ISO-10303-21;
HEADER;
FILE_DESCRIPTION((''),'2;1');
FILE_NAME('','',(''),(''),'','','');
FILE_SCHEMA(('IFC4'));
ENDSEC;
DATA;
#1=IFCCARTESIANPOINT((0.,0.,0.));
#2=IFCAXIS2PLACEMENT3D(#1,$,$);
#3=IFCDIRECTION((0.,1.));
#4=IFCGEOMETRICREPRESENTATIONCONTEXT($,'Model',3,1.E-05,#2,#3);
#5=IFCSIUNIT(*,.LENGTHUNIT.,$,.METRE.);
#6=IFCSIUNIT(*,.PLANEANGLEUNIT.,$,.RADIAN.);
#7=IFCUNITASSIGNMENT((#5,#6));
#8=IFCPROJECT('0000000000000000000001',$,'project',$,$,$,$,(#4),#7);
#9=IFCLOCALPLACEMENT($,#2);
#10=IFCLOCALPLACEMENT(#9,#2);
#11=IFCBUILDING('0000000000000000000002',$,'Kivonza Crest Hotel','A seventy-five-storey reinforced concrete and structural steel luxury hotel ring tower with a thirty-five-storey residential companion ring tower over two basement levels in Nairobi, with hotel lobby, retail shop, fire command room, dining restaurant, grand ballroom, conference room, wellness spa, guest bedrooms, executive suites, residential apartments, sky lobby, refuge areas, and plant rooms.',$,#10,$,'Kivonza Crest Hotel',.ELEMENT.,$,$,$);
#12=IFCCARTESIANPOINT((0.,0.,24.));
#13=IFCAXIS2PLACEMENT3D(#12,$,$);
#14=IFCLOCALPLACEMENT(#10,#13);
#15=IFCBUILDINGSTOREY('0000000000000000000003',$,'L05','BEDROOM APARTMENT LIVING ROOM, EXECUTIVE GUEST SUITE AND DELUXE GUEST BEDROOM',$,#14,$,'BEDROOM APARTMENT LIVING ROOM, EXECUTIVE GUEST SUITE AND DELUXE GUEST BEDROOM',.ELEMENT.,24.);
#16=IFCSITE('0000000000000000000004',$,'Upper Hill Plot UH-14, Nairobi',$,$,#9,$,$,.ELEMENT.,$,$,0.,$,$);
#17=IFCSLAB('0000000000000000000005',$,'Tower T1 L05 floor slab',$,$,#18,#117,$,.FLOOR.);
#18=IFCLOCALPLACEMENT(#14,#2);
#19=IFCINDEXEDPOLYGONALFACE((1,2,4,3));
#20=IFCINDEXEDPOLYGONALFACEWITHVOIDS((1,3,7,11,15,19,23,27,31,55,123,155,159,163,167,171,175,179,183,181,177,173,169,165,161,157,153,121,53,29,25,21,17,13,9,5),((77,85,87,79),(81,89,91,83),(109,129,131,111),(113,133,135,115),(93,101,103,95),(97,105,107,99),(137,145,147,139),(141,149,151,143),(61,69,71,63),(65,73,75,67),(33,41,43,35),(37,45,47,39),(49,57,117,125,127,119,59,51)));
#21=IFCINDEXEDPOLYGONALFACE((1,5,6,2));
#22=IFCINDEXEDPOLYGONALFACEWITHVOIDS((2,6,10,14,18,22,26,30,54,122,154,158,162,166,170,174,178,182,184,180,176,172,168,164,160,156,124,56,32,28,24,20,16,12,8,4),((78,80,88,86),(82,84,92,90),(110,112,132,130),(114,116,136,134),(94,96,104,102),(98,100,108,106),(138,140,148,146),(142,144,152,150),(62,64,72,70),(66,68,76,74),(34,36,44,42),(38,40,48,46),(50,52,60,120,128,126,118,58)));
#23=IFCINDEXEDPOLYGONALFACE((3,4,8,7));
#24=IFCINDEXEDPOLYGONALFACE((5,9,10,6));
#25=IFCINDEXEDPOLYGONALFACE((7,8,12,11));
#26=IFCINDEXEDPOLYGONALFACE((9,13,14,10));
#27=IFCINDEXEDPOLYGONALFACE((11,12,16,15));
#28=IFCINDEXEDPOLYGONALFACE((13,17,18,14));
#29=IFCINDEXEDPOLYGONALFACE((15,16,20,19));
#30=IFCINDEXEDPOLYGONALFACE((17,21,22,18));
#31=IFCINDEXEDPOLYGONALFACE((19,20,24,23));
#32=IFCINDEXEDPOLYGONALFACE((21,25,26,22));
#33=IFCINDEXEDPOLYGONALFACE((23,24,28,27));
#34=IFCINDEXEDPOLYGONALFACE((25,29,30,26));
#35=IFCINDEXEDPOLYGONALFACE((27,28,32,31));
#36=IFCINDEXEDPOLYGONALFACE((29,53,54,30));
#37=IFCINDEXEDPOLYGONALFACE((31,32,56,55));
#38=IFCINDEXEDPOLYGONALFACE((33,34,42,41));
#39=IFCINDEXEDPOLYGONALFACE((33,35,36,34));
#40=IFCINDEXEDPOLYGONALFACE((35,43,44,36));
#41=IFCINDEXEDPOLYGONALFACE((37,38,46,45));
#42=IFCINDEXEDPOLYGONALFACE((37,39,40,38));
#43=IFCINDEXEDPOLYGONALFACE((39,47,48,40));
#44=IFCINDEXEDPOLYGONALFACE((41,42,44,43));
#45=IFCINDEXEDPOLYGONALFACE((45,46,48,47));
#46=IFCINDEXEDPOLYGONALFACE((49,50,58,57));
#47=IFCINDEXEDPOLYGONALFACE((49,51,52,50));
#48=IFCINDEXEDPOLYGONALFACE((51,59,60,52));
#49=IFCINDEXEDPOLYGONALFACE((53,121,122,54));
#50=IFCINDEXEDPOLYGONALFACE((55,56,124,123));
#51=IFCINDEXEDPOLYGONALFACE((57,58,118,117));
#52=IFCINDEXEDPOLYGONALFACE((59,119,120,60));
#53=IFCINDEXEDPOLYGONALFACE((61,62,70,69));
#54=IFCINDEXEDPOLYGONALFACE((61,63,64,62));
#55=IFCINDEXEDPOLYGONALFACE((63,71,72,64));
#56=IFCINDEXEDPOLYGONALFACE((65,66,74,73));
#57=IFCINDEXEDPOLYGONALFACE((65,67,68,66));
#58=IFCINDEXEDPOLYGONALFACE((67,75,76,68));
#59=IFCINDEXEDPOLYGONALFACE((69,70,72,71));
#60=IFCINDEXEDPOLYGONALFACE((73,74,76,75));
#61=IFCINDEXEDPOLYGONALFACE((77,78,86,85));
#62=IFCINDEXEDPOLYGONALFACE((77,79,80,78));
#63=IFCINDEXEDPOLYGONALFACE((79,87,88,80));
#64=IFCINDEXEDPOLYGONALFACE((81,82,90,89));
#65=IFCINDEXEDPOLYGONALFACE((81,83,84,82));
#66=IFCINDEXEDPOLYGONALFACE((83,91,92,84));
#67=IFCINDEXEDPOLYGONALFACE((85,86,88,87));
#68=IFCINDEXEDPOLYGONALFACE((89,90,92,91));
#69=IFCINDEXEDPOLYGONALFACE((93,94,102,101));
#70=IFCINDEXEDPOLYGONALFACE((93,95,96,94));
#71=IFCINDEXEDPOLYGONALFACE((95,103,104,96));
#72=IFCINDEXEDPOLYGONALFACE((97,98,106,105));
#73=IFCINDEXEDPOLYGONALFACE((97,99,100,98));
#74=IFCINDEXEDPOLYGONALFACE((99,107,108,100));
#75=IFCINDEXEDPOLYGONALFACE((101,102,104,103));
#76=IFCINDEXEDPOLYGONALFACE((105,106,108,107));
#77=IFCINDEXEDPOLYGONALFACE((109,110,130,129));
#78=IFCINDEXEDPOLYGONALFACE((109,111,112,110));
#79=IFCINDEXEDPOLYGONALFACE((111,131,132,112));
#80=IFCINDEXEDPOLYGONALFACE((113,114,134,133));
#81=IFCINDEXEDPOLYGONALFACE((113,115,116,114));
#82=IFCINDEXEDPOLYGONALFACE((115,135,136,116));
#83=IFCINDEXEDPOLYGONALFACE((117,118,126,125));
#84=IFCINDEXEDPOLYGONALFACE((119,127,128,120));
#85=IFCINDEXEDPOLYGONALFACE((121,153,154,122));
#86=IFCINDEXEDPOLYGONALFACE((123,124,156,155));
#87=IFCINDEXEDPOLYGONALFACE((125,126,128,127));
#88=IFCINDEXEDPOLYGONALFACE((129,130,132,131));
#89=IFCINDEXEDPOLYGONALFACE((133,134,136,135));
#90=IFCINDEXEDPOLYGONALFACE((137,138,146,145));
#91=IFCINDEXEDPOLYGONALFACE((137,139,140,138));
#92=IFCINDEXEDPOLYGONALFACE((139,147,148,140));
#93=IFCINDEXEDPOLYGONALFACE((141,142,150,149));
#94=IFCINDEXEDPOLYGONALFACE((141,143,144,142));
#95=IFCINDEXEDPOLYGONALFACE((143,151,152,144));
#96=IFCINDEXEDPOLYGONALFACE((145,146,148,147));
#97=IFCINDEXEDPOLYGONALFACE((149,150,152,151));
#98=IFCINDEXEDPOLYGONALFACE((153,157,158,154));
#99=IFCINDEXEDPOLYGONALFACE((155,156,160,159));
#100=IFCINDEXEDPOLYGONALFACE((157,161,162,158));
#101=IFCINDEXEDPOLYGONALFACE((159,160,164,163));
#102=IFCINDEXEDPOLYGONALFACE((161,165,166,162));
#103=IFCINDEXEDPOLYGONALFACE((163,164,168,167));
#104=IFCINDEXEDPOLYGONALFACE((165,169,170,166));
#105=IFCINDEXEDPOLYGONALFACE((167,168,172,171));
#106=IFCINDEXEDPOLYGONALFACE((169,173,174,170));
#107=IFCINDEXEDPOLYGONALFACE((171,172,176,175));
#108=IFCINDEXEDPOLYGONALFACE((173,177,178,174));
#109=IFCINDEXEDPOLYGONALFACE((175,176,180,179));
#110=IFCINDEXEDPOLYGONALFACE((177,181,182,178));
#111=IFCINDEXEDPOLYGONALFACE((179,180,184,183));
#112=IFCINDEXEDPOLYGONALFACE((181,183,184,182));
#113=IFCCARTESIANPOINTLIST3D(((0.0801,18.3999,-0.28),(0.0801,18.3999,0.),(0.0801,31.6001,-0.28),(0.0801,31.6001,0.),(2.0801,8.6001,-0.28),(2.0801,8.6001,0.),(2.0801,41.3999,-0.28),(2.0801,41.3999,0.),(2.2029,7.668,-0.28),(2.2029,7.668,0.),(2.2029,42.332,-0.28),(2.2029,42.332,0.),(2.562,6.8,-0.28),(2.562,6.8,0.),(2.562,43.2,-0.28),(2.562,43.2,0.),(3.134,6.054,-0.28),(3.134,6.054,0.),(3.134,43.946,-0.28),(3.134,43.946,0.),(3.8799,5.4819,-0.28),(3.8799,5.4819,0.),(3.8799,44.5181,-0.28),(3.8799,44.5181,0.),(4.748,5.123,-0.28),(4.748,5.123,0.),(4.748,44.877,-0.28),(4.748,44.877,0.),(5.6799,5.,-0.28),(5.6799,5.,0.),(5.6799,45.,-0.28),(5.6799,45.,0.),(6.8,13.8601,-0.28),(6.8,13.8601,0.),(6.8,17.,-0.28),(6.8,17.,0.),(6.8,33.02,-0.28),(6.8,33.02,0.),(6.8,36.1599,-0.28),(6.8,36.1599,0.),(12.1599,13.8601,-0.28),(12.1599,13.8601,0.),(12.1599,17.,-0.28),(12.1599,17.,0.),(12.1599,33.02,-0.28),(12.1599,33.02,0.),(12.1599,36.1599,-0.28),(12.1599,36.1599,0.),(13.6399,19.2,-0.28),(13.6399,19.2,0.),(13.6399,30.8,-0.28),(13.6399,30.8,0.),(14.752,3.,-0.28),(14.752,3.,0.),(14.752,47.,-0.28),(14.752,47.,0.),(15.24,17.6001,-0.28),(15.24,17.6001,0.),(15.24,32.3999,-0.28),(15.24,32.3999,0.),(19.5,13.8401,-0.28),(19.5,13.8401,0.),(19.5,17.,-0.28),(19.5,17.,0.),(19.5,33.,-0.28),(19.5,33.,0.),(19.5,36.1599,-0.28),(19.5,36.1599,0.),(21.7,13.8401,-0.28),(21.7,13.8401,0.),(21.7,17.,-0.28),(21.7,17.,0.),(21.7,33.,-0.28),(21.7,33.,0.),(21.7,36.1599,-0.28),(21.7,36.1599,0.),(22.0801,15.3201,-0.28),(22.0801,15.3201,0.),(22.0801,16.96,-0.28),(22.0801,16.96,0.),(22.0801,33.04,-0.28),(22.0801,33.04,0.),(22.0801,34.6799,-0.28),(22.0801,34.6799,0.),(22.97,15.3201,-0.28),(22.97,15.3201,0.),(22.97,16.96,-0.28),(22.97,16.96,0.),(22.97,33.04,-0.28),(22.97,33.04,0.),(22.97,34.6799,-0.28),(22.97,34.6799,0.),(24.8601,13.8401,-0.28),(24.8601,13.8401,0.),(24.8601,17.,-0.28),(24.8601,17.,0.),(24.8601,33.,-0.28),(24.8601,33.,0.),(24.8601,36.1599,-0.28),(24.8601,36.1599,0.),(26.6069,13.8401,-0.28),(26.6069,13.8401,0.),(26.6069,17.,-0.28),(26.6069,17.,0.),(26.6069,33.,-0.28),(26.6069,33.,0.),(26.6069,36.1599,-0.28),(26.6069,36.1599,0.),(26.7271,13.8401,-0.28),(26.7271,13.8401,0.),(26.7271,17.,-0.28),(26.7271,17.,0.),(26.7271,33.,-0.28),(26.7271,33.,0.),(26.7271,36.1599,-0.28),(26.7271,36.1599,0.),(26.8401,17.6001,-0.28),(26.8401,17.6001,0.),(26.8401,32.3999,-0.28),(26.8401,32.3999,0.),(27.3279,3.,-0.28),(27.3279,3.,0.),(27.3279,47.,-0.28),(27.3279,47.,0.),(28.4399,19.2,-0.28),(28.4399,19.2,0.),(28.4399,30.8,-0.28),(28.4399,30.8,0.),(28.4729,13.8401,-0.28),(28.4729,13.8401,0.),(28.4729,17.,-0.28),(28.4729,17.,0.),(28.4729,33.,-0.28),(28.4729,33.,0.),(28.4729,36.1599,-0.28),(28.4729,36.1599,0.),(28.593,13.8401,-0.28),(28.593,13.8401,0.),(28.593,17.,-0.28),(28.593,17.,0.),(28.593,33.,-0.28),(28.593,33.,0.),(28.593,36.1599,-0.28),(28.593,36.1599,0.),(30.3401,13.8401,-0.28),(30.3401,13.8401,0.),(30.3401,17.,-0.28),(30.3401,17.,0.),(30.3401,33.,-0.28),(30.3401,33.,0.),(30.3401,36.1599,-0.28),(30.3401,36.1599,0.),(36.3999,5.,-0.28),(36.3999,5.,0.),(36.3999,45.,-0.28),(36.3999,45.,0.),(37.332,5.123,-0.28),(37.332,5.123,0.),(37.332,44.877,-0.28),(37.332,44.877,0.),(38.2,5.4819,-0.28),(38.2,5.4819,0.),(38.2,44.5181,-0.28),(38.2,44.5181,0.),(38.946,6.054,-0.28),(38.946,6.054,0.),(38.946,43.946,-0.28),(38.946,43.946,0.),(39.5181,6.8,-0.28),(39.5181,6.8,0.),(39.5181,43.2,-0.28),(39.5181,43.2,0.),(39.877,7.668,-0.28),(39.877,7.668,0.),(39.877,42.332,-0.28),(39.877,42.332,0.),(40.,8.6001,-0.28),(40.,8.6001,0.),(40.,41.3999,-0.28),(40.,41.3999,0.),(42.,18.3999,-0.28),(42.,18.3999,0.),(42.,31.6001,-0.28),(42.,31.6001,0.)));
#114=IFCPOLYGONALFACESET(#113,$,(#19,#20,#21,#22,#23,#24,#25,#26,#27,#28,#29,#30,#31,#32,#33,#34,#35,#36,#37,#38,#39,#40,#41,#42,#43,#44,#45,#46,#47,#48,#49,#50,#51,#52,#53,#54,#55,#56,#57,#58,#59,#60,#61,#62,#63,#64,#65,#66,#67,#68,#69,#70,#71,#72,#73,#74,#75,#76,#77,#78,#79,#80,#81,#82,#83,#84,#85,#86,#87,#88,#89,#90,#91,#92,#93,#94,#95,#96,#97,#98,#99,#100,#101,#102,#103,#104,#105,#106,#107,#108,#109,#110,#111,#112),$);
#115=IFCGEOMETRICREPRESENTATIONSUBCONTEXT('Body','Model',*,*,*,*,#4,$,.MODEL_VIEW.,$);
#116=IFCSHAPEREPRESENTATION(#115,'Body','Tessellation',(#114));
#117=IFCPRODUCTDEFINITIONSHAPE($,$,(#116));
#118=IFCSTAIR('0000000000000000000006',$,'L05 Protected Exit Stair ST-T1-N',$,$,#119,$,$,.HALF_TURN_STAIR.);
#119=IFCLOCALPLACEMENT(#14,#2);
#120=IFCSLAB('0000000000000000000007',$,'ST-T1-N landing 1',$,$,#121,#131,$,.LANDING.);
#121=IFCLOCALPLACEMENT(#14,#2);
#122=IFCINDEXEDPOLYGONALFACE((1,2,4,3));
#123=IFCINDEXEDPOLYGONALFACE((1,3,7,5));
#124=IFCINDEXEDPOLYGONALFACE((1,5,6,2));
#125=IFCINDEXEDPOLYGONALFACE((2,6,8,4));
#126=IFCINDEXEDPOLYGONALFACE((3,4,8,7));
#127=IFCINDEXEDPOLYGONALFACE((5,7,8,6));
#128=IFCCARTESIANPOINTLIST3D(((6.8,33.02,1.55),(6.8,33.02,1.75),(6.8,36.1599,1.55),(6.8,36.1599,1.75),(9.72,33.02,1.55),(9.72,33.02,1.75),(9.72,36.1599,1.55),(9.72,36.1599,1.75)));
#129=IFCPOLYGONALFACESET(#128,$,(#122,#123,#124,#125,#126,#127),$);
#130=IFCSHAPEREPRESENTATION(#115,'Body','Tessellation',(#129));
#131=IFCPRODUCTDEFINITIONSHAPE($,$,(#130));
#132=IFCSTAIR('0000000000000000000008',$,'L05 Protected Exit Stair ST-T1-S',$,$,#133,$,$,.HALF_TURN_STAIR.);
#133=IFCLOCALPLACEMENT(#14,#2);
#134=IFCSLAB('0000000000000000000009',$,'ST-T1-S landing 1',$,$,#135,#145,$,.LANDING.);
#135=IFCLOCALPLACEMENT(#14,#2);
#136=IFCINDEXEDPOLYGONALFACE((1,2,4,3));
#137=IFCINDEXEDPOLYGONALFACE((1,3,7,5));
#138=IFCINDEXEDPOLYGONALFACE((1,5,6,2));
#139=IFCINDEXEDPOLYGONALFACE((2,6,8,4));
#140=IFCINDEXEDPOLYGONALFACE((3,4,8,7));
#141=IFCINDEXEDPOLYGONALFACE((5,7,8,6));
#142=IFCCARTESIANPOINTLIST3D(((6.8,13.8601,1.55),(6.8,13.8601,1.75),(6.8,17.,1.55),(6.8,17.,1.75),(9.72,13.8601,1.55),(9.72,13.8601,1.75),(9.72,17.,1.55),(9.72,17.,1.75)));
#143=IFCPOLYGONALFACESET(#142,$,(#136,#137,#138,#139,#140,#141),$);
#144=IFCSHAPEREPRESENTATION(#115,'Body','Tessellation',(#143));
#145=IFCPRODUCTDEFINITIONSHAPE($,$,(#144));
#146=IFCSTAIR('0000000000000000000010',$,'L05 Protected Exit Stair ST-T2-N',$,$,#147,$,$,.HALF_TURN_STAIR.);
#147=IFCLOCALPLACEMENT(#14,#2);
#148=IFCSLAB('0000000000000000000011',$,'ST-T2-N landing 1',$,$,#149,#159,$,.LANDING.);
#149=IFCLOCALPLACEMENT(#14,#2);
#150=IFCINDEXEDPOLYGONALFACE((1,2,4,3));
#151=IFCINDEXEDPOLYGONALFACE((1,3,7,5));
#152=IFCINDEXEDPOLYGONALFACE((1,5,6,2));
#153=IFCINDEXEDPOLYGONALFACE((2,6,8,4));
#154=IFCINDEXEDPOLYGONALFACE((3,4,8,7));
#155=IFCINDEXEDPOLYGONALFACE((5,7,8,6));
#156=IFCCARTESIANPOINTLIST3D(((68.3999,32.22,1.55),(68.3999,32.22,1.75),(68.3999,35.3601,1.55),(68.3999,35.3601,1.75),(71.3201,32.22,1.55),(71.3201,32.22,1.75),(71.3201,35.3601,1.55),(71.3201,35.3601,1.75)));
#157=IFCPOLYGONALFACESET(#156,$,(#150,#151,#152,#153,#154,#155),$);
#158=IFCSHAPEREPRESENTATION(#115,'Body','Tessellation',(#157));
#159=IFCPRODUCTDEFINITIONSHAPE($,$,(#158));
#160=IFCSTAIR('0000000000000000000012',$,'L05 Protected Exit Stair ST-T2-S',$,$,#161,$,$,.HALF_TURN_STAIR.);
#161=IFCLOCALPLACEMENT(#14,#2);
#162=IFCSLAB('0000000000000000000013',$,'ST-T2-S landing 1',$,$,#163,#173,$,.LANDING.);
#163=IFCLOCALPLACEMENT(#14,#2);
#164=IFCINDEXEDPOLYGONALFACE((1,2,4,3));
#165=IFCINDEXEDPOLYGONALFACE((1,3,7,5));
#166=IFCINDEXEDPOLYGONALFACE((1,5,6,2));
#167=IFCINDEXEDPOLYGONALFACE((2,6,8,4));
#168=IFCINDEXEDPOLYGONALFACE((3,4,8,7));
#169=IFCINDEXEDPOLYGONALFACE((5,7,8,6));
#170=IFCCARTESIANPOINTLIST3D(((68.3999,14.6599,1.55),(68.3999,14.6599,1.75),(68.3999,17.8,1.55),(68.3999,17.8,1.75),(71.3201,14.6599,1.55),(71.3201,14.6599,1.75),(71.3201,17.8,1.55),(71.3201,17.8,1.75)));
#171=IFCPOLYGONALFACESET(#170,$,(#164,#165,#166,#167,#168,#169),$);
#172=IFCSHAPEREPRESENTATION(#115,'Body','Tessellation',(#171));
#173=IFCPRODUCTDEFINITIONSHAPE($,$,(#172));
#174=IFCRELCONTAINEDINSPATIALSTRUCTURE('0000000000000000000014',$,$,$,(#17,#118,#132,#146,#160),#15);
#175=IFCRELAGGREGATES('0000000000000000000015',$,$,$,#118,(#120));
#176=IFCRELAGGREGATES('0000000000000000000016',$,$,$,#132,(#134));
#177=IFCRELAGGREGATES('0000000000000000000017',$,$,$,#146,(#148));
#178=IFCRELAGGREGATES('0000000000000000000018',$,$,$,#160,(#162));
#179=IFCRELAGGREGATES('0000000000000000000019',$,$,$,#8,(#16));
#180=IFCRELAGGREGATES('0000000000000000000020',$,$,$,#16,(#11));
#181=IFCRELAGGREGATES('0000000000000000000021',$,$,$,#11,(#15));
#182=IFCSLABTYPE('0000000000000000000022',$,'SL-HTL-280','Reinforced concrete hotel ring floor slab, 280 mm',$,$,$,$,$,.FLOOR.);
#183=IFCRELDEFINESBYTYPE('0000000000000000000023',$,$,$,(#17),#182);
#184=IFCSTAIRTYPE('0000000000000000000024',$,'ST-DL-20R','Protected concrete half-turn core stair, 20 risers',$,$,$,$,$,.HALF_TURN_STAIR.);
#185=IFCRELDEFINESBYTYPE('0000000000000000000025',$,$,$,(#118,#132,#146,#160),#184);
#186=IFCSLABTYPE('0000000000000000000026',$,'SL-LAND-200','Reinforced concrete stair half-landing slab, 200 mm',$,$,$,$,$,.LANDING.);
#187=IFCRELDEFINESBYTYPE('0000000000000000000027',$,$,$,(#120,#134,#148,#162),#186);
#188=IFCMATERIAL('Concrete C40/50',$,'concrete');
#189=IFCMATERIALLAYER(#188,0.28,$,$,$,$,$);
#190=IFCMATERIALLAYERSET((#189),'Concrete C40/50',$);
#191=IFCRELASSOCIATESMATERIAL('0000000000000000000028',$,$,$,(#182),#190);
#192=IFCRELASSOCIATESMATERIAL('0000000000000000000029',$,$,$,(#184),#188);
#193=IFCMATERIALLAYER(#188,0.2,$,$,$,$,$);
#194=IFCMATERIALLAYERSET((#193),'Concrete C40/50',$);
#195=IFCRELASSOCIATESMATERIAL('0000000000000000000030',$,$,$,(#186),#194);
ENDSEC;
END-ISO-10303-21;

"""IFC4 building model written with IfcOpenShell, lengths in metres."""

from ifc_helpers import new_model, si_unit, direction, frame, origin, place, context, subcontext, project, spatial, polyline, outline, extrude, material, layer, layer_set, type_object, element, aggregate, save


model = new_model("IFC4")

# Units and contexts
model_context = context("Model", 3, precision=1e-05, world=origin(), true_north=direction((0.0, 1.0)))
body_context = subcontext(model_context, "Body", "Model", "MODEL_VIEW")
ifc_project = project(units=[si_unit("LENGTHUNIT", "METRE"), si_unit("PLANEANGLEUNIT", "RADIAN")], contexts=[model_context])

# Site, building, storey
site_placement = place(None, origin())
site = spatial("IfcSite", under=ifc_project, at=site_placement, Name="Upper Hill Plot UH-14, Nairobi", CompositionType="ELEMENT", RefElevation=0.0)
building_placement = place(site_placement, origin())
building = spatial("IfcBuilding", under=site, at=building_placement, Name="Kivonza Crest Hotel", Description="A seventy-five-storey reinforced concrete and structural steel luxury hotel ring tower with a thirty-five-storey residential companion ring tower over two basement levels in Nairobi, with hotel lobby, retail shop, fire command room, dining restaurant, grand ballroom, conference room, wellness spa, guest bedrooms, executive suites, residential apartments, sky lobby, refuge areas, and plant rooms.", LongName="Kivonza Crest Hotel", CompositionType="ELEMENT")
storey_placement = place(building_placement, frame((0.0, 0.0, 24.0)))
storey = spatial("IfcBuildingStorey", under=building, at=storey_placement, Name="L05", Description="BEDROOM APARTMENT LIVING ROOM, EXECUTIVE GUEST SUITE AND DELUXE GUEST BEDROOM", LongName="BEDROOM APARTMENT LIVING ROOM, EXECUTIVE GUEST SUITE AND DELUXE GUEST BEDROOM", CompositionType="ELEMENT", Elevation=24.0)

# Slab
ifc_material_1 = material(Name="Concrete C40/50", Category="concrete")
ifc_layer_1 = layer(ifc_material_1, 0.28)
ifc_layer_set_1 = layer_set([ifc_layer_1], Name="Concrete C40/50")
slab_type_1 = type_object("IfcSlabType", Name="SL-HTL-280", Description="Reinforced concrete hotel ring floor slab, 280 mm", PredefinedType="FLOOR", material=ifc_layer_set_1)
slab_1_placement = place(storey_placement, frame((0.0, 0.0, -0.28)))
element("IfcSlab", 1, at=slab_1_placement, inside=storey, type_object=slab_type_1, Name="Tower T1 L05 floor slab", PredefinedType="FLOOR", context=body_context, shape_type="SweptSolid", body=[
    extrude(outline(polyline([(2.0801, 8.6001), (2.2029, 7.668), (2.562, 6.8), (3.134, 6.054), (3.8799, 5.4819), (4.748, 5.123), (5.6799, 5.0), (14.752, 3.0), (27.3279, 3.0), (36.3999, 5.0), (37.332, 5.123), (38.2, 5.4819), (38.946, 6.054), (39.5181, 6.8), (39.877, 7.668), (40.0, 8.6001), (42.0, 18.3999), (42.0, 31.6001), (40.0, 41.3999), (39.877, 42.332), (39.5181, 43.2), (38.946, 43.946), (38.2, 44.5181), (37.332, 44.877), (36.3999, 45.0), (27.3279, 47.0), (14.752, 47.0), (5.6799, 45.0), (4.748, 44.877), (3.8799, 44.5181), (3.134, 43.946), (2.562, 43.2), (2.2029, 42.332), (2.0801, 41.3999), (0.0801, 31.6001), (0.0801, 18.3999), (2.0801, 8.6001)]), holes=[polyline([(15.24, 17.6001), (26.8401, 17.6001), (28.4399, 19.2), (28.4399, 30.8), (26.8401, 32.3999), (15.24, 32.3999), (13.6399, 30.8), (13.6399, 19.2), (15.24, 17.6001)]), polyline([(6.8, 33.02), (12.1599, 33.02), (12.1599, 36.1599), (6.8, 36.1599), (6.8, 33.02)]), polyline([(6.8, 13.8601), (12.1599, 13.8601), (12.1599, 17.0), (6.8, 17.0), (6.8, 13.8601)]), polyline([(22.0801, 33.04), (22.97, 33.04), (22.97, 34.6799), (22.0801, 34.6799), (22.0801, 33.04)]), polyline([(22.0801, 15.3201), (22.97, 15.3201), (22.97, 16.96), (22.0801, 16.96), (22.0801, 15.3201)]), polyline([(19.5, 33.0), (21.7, 33.0), (21.7, 36.1599), (19.5, 36.1599), (19.5, 33.0)]), polyline([(24.8601, 33.0), (26.6069, 33.0), (26.6069, 36.1599), (24.8601, 36.1599), (24.8601, 33.0)]), polyline([(26.7271, 33.0), (28.4729, 33.0), (28.4729, 36.1599), (26.7271, 36.1599), (26.7271, 33.0)]), polyline([(28.593, 33.0), (30.3401, 33.0), (30.3401, 36.1599), (28.593, 36.1599), (28.593, 33.0)]), polyline([(19.5, 13.8401), (21.7, 13.8401), (21.7, 17.0), (19.5, 17.0), (19.5, 13.8401)]), polyline([(24.8601, 13.8401), (26.6069, 13.8401), (26.6069, 17.0), (24.8601, 17.0), (24.8601, 13.8401)]), polyline([(26.7271, 13.8401), (28.4729, 13.8401), (28.4729, 17.0), (26.7271, 17.0), (26.7271, 13.8401)]), polyline([(28.593, 13.8401), (30.3401, 13.8401), (30.3401, 17.0), (28.593, 17.0), (28.593, 13.8401)])]), origin(), (0.0, 0.0, 1.0), 0.28),
])

# Stairs, slabs
stair_type = type_object("IfcStairType", Name="ST-DL-20R", Description="Protected concrete half-turn core stair, 20 risers", PredefinedType="HALF_TURN_STAIR", material=ifc_material_1)
stair_1_placement = place(storey_placement, origin())
stair_1 = element("IfcStair", 2, at=stair_1_placement, inside=storey, type_object=stair_type, Name="L05 Protected Exit Stair ST-T1-N", PredefinedType="HALF_TURN_STAIR")
ifc_layer_2 = layer(ifc_material_1, 0.2)
ifc_layer_set_2 = layer_set([ifc_layer_2], Name="Concrete C40/50")
slab_type_2 = type_object("IfcSlabType", Name="SL-LAND-200", Description="Reinforced concrete stair half-landing slab, 200 mm", PredefinedType="LANDING", material=ifc_layer_set_2)
slab_2_placement = place(storey_placement, frame((0.0, 0.0, 1.55)))
slab_2 = element("IfcSlab", 3, at=slab_2_placement, type_object=slab_type_2, Name="ST-T1-N landing 1", PredefinedType="LANDING", context=body_context, shape_type="SweptSolid", body=[
    extrude(outline(polyline([(9.72, 36.1599), (6.8, 36.1599), (6.8, 33.02), (9.72, 33.02), (9.72, 36.1599)])), origin(), (0.0, 0.0, 1.0), 0.2),
])
aggregate(stair_1, [slab_2])
stair_2_placement = place(storey_placement, origin())
stair_2 = element("IfcStair", 4, at=stair_2_placement, inside=storey, type_object=stair_type, Name="L05 Protected Exit Stair ST-T1-S", PredefinedType="HALF_TURN_STAIR")
slab_3_placement = place(storey_placement, frame((0.0, 0.0, 1.55)))
slab_3 = element("IfcSlab", 5, at=slab_3_placement, type_object=slab_type_2, Name="ST-T1-S landing 1", PredefinedType="LANDING", context=body_context, shape_type="SweptSolid", body=[
    extrude(outline(polyline([(9.72, 17.0), (6.8, 17.0), (6.8, 13.8601), (9.72, 13.8601), (9.72, 17.0)])), origin(), (0.0, 0.0, 1.0), 0.2),
])
aggregate(stair_2, [slab_3])
stair_3_placement = place(storey_placement, origin())
stair_3 = element("IfcStair", 6, at=stair_3_placement, inside=storey, type_object=stair_type, Name="L05 Protected Exit Stair ST-T2-N", PredefinedType="HALF_TURN_STAIR")
slab_4_placement = place(storey_placement, frame((0.0, 0.0, 1.55)))
slab_4 = element("IfcSlab", 7, at=slab_4_placement, type_object=slab_type_2, Name="ST-T2-N landing 1", PredefinedType="LANDING", context=body_context, shape_type="SweptSolid", body=[
    extrude(outline(polyline([(71.3201, 35.3601), (68.3999, 35.3601), (68.3999, 32.22), (71.3201, 32.22), (71.3201, 35.3601)])), origin(), (0.0, 0.0, 1.0), 0.2),
])
aggregate(stair_3, [slab_4])
stair_4_placement = place(storey_placement, origin())
stair_4 = element("IfcStair", 8, at=stair_4_placement, inside=storey, type_object=stair_type, Name="L05 Protected Exit Stair ST-T2-S", PredefinedType="HALF_TURN_STAIR")
slab_5_placement = place(storey_placement, frame((0.0, 0.0, 1.55)))
slab_5 = element("IfcSlab", 9, at=slab_5_placement, type_object=slab_type_2, Name="ST-T2-S landing 1", PredefinedType="LANDING", context=body_context, shape_type="SweptSolid", body=[
    extrude(outline(polyline([(71.3201, 17.8), (68.3999, 17.8), (68.3999, 14.6599), (71.3201, 14.6599), (71.3201, 17.8)])), origin(), (0.0, 0.0, 1.0), 0.2),
])
aggregate(stair_4, [slab_5])

save(model, "model.ifc")
